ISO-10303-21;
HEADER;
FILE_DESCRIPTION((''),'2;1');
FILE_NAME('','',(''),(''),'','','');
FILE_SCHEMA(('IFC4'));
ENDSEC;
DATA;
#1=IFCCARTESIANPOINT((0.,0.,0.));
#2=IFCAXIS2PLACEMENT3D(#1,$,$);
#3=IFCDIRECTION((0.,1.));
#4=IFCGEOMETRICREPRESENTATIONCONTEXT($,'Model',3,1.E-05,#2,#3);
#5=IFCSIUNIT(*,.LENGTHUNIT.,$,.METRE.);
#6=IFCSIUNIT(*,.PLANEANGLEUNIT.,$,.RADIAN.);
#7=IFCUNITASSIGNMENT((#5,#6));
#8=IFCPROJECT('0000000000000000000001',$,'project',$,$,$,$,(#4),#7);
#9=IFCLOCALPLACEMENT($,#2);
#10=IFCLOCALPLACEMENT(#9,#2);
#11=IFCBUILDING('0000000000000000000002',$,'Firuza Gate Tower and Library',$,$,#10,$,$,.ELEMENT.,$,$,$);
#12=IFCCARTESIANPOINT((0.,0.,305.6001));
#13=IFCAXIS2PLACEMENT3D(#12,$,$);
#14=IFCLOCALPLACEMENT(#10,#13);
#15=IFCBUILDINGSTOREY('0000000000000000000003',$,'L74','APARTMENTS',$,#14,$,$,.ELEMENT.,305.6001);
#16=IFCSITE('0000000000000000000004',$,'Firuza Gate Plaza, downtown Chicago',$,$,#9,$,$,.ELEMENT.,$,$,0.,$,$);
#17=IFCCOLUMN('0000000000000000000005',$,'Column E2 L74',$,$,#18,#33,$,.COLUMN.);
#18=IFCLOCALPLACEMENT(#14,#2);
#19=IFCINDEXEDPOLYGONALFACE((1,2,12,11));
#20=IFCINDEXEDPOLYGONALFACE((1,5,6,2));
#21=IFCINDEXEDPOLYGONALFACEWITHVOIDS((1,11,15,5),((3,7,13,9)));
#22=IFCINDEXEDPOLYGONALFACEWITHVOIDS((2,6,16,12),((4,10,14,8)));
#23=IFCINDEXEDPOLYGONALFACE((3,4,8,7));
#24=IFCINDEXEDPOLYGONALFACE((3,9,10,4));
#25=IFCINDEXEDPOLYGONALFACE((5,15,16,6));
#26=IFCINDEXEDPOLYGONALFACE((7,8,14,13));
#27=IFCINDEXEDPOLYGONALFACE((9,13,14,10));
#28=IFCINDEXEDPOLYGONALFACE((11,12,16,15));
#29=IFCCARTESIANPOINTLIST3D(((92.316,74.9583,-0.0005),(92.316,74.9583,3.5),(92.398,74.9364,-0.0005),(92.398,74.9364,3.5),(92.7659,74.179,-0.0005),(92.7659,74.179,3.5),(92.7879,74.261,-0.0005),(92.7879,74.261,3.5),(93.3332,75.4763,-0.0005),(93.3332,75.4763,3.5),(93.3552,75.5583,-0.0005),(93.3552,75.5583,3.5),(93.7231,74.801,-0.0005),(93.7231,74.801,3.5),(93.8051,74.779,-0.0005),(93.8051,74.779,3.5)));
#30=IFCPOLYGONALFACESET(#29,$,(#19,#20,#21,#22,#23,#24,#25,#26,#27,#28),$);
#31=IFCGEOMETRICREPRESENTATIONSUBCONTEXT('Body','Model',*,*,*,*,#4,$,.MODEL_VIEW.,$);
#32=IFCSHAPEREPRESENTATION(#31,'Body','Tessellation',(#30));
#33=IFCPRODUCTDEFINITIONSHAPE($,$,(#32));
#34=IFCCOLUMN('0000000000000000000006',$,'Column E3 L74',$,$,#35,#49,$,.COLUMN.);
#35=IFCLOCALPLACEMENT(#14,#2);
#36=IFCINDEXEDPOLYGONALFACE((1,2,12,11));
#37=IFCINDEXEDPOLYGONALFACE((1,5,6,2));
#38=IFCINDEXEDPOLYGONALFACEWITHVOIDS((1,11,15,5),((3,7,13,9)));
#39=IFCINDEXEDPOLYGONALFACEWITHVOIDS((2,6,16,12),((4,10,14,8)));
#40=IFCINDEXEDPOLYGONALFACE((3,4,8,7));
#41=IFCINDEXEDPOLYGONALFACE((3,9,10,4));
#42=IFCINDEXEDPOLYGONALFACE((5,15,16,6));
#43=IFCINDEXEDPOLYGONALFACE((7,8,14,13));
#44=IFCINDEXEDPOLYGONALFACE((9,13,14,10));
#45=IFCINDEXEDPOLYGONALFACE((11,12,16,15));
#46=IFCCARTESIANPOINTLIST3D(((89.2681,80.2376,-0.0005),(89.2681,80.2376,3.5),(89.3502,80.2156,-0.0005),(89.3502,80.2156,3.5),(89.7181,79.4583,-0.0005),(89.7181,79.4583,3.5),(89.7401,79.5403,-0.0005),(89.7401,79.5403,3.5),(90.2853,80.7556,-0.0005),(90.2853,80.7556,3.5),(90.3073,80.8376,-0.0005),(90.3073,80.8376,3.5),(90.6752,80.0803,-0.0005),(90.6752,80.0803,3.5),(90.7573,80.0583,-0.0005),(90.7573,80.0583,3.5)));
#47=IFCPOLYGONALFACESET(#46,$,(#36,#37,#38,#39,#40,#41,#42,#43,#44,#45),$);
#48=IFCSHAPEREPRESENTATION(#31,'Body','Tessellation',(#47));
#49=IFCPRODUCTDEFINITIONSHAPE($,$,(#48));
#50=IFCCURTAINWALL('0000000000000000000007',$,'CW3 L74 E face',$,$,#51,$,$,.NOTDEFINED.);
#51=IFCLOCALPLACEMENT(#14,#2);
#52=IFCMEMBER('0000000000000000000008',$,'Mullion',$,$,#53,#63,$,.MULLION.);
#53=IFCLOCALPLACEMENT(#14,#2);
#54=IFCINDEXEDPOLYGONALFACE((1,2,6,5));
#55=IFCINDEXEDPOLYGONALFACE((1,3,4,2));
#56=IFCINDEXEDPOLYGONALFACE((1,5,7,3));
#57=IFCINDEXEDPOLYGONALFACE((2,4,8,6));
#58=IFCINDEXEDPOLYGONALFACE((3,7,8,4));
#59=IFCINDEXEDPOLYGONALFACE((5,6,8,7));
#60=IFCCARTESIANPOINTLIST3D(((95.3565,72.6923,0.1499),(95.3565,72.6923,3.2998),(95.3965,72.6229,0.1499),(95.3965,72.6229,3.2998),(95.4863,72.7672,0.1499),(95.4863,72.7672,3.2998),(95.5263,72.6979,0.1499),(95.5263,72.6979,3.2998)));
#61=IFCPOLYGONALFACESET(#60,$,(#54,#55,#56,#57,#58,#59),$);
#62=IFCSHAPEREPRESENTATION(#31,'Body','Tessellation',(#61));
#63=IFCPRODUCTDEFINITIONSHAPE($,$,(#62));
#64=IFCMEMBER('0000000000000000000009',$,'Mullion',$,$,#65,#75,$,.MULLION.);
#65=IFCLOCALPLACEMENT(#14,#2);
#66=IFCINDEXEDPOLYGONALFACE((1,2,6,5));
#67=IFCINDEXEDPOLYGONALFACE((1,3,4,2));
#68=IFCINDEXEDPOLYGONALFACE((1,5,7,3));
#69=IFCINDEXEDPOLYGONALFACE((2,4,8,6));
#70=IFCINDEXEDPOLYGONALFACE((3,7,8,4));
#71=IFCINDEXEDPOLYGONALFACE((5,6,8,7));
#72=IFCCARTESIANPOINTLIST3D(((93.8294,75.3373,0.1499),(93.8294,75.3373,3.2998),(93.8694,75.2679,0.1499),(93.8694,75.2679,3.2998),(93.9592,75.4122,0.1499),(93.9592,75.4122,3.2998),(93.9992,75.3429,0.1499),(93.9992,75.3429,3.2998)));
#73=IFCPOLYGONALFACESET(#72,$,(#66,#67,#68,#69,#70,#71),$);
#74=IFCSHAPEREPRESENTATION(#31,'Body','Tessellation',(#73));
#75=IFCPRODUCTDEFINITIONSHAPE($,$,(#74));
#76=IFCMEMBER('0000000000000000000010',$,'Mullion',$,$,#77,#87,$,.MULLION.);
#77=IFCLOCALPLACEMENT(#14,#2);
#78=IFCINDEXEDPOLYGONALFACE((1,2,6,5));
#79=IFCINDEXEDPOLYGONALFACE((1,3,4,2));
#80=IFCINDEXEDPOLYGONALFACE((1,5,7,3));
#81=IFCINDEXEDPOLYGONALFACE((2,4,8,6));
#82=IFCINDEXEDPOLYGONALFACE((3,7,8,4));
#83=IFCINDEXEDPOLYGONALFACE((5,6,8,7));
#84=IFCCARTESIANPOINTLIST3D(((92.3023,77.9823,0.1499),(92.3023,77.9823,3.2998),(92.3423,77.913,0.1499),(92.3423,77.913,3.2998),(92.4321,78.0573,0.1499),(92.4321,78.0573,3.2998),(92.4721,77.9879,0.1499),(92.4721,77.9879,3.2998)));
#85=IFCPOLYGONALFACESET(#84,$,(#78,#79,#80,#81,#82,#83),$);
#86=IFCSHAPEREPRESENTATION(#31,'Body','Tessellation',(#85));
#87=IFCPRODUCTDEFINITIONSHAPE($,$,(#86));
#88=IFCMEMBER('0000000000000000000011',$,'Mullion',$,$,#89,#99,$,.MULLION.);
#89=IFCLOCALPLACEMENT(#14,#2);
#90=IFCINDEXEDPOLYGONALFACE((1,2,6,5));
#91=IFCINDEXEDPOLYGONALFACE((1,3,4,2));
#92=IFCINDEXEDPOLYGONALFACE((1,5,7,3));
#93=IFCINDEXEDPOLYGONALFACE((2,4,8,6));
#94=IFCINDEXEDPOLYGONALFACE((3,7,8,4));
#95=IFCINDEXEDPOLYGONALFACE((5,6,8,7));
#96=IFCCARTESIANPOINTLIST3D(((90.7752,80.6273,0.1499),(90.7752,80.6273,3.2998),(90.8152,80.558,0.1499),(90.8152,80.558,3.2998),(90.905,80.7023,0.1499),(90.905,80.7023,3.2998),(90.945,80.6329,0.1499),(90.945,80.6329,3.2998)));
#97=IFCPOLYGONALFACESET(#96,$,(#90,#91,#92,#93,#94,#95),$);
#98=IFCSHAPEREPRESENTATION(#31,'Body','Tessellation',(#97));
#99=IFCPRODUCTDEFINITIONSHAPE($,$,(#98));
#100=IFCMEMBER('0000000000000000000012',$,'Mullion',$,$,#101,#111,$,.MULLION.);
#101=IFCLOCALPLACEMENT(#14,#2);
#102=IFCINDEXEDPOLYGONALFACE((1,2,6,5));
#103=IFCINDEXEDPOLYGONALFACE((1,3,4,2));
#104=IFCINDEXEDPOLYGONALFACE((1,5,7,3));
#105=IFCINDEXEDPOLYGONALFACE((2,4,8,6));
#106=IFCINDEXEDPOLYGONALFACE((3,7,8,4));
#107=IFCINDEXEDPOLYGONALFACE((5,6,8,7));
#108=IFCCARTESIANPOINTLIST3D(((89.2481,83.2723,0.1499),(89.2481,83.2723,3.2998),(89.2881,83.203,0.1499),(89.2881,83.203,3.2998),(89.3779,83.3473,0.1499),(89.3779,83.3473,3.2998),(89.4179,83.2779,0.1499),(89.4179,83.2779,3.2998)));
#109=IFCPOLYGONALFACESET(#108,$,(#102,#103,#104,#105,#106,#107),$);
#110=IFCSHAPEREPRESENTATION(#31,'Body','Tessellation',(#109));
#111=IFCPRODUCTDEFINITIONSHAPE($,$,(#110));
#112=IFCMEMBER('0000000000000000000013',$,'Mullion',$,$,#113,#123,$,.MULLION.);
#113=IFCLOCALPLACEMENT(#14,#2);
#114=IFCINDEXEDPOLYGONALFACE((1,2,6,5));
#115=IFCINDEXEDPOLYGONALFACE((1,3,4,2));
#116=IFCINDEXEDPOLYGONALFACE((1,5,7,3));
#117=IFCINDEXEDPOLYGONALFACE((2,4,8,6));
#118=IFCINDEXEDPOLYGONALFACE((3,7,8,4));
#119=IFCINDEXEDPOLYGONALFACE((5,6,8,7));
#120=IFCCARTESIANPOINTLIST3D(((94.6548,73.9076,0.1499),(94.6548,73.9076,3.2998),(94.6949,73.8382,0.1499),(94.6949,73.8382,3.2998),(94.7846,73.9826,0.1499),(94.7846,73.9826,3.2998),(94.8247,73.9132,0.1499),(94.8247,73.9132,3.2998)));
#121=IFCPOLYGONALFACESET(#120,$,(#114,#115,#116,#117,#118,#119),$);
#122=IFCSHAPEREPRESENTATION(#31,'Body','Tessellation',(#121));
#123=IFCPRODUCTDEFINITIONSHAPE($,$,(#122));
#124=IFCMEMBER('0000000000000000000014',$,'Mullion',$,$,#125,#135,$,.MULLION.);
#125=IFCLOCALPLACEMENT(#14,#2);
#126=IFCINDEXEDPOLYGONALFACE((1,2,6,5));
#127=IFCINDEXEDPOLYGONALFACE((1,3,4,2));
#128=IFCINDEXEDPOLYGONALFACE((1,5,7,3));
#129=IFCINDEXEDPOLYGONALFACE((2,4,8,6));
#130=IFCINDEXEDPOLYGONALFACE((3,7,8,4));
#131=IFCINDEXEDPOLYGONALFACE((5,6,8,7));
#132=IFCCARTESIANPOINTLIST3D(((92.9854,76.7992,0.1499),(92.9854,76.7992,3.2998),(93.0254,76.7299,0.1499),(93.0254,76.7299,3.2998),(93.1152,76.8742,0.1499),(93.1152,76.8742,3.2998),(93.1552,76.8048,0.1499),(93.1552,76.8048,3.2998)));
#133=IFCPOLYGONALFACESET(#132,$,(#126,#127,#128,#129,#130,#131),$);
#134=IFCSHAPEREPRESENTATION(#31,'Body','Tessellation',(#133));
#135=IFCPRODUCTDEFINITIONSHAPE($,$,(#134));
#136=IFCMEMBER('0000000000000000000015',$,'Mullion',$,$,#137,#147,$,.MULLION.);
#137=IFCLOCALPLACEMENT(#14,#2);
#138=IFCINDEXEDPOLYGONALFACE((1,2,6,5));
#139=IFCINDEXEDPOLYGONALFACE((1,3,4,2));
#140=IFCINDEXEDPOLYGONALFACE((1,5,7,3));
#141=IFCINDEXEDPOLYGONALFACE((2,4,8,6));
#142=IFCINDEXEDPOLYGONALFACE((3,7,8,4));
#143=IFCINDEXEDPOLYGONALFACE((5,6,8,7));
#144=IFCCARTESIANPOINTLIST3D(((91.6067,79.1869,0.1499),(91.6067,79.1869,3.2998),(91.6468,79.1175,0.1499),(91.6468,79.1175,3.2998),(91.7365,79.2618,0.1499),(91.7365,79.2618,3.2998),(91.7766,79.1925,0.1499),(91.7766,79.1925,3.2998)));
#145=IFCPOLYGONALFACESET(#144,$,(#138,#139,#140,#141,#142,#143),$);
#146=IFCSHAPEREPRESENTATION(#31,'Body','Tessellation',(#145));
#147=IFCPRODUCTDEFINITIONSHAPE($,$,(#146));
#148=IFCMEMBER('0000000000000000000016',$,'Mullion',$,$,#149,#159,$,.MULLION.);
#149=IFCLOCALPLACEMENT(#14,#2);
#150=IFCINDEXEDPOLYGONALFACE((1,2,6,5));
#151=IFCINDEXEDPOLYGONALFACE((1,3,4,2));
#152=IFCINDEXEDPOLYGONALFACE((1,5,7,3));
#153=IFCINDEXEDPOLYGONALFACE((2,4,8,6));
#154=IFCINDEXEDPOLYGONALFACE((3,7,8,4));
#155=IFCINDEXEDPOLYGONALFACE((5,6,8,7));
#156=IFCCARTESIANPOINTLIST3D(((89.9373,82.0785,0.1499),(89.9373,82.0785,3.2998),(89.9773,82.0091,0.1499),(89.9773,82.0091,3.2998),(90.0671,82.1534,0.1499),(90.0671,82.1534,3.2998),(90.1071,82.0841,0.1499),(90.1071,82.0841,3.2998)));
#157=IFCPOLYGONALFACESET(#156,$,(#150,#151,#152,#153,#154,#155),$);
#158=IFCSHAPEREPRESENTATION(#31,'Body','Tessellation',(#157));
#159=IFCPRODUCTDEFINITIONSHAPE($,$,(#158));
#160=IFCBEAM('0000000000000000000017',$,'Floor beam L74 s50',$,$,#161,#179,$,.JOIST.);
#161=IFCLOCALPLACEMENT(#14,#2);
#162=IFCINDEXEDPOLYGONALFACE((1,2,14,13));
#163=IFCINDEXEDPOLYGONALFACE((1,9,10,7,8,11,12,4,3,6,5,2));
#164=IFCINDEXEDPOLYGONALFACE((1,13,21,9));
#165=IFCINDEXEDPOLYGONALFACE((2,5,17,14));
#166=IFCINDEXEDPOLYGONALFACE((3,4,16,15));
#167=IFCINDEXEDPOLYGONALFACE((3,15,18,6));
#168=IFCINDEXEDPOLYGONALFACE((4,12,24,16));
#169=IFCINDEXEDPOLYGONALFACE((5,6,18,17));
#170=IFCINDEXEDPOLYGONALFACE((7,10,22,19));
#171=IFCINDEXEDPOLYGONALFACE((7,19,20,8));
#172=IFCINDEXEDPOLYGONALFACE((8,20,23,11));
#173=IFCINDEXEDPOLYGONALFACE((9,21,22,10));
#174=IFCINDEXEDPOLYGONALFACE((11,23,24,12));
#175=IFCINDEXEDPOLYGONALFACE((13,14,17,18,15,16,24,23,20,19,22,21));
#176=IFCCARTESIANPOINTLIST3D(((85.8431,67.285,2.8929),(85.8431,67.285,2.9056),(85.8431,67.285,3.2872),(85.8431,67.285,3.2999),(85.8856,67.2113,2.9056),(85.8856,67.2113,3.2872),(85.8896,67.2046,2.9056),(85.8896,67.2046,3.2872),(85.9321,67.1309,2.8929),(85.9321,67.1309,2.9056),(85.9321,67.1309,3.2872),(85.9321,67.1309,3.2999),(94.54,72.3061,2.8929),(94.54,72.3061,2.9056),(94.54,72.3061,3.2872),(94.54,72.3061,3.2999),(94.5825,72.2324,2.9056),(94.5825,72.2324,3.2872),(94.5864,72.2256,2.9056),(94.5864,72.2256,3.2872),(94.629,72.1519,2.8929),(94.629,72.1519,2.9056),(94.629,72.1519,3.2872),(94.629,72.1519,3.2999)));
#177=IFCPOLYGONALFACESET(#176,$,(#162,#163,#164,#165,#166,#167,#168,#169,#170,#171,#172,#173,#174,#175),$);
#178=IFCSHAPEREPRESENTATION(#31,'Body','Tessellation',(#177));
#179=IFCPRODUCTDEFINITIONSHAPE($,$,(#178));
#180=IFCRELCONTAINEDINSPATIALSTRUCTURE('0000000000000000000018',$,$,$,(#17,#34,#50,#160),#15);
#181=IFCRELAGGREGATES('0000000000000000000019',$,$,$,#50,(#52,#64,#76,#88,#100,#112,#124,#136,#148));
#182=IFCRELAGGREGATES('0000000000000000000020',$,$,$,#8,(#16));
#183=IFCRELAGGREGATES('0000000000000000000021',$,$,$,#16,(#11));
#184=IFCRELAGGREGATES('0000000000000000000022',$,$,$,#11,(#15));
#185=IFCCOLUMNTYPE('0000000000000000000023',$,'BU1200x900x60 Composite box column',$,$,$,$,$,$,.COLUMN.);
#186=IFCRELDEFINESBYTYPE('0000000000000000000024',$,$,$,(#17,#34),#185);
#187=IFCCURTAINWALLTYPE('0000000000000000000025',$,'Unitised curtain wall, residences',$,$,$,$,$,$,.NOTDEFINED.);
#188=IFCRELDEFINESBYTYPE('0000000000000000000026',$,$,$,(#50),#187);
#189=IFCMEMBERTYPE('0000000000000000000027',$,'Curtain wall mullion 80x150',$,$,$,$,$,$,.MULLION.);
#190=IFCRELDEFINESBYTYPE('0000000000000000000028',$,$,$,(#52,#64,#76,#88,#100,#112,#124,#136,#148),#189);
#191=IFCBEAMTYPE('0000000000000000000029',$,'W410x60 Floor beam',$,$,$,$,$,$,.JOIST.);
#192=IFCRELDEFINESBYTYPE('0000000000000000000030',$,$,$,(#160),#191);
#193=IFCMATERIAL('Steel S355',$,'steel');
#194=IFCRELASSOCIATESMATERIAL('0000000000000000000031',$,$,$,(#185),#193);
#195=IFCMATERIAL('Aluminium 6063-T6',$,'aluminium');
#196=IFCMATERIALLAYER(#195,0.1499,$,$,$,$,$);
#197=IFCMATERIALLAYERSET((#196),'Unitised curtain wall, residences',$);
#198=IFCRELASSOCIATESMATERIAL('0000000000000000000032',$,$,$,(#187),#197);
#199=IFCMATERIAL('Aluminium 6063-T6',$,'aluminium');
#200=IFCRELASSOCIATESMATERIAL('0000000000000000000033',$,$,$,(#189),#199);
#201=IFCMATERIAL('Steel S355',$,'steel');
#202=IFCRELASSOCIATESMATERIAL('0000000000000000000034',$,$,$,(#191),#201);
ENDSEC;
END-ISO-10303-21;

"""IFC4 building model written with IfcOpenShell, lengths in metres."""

from ifc_helpers import new_model, si_unit, direction, frame, origin, origin_2d, place, context, subcontext, project, spatial, rectangle, hollow_rectangle, i_section, extrude, material, layer, layer_set, material_profile, profile_set, type_object, element, aggregate, save


model = new_model("IFC4")

# Units and contexts
model_context = context("Model", 3, precision=1e-05, world=origin(), true_north=direction((0.0, 1.0)))
body_context = subcontext(model_context, "Body", "Model", "MODEL_VIEW")
ifc_project = project(units=[si_unit("LENGTHUNIT", "METRE"), si_unit("PLANEANGLEUNIT", "RADIAN")], contexts=[model_context])

# Site, building, storey
site_placement = place(None, origin())
site = spatial("IfcSite", under=ifc_project, at=site_placement, Name="Firuza Gate Plaza, downtown Chicago", CompositionType="ELEMENT", RefElevation=0.0)
building_placement = place(site_placement, origin())
building = spatial("IfcBuilding", under=site, at=building_placement, Name="Firuza Gate Tower and Library", CompositionType="ELEMENT")
storey_placement = place(building_placement, frame((0.0, 0.0, 305.6001)))
storey = spatial("IfcBuildingStorey", under=building, at=storey_placement, Name="L74", Description="APARTMENTS", CompositionType="ELEMENT", Elevation=305.6001)

# Columns
ifc_material_1 = material(Name="Steel S355", Category="steel")
ifc_material_profile_1 = material_profile(ifc_material_1, hollow_rectangle(XDim=0.8999, YDim=1.2, WallThickness=0.0601, at=origin_2d()))
ifc_profile_set_1 = profile_set([ifc_material_profile_1], Name="Steel S355")
column_type = type_object("IfcColumnType", Name="BU1200x900x60 Composite box column", PredefinedType="COLUMN", material=ifc_profile_set_1)
for number, where, z_axis, x_axis, name in (
    (1, (93.0605, 74.8687, -0.0005), (0.0, 0.0, 1.0), (-0.5, 0.866025, 0.0), "Column E2 L74"),
    (2, (90.0127, 80.1479, -0.0005), (0.0, 0.0, 1.0), (-0.5, 0.866025, 0.0), "Column E3 L74"),
):
    element("IfcColumn", number, at=place(storey_placement, frame(where, z_axis=z_axis, x_axis=x_axis)), inside=storey, type_object=column_type, Name=name, PredefinedType="COLUMN", context=body_context, shape_type="SweptSolid", body=[
        extrude(hollow_rectangle(XDim=0.8999, YDim=1.2, WallThickness=0.0601, at=origin_2d()), origin(), (0.0, 0.0, 1.0), 3.5005),
    ])

# Curtain wall, members
ifc_material_2 = material(Name="Aluminium 6063-T6", Category="aluminium")
ifc_layer_1 = layer(ifc_material_2, 0.1499)
ifc_layer_set_1 = layer_set([ifc_layer_1], Name="Unitised curtain wall, residences")
curtain_wall_type = type_object("IfcCurtainWallType", Name="Unitised curtain wall, residences", PredefinedType="NOTDEFINED", material=ifc_layer_set_1)
curtain_wall_placement = place(storey_placement, origin())
curtain_wall = element("IfcCurtainWall", 3, at=curtain_wall_placement, inside=storey, type_object=curtain_wall_type, Name="CW3 L74 E face", PredefinedType="NOTDEFINED")
ifc_material_3 = material(Name="Aluminium 6063-T6", Category="aluminium")
ifc_material_profile_2 = material_profile(ifc_material_3, rectangle(XDim=0.1499, YDim=0.0801, at=origin_2d()))
ifc_profile_set_2 = profile_set([ifc_material_profile_2], Name="Aluminium 6063-T6")
member_type = type_object("IfcMemberType", Name="Curtain wall mullion 80x150", PredefinedType="MULLION", material=ifc_profile_set_2)
member_1_placement = place(storey_placement, frame((95.4414, 72.6951, 0.1499), z_axis=(0.0, 0.0, 1.0), x_axis=(-0.866025, -0.5, 0.0)))
member_1 = element("IfcMember", 4, at=member_1_placement, type_object=member_type, Name="Mullion", PredefinedType="MULLION", context=body_context, shape_type="SweptSolid", body=[
    extrude(rectangle(XDim=0.1499, YDim=0.0801, at=origin_2d()), origin(), (0.0, 0.0, 1.0), 3.1499),
])
member_2_placement = place(storey_placement, frame((93.9143, 75.3401, 0.1499), z_axis=(0.0, 0.0, 1.0), x_axis=(-0.866025, -0.5, 0.0)))
member_2 = element("IfcMember", 5, at=member_2_placement, type_object=member_type, Name="Mullion", PredefinedType="MULLION", context=body_context, shape_type="SweptSolid", body=[
    extrude(rectangle(XDim=0.1499, YDim=0.0801, at=origin_2d()), origin(), (0.0, 0.0, 1.0), 3.1499),
])
member_3_placement = place(storey_placement, frame((92.3872, 77.9851, 0.1499), z_axis=(0.0, 0.0, 1.0), x_axis=(-0.866025, -0.5, 0.0)))
member_3 = element("IfcMember", 6, at=member_3_placement, type_object=member_type, Name="Mullion", PredefinedType="MULLION", context=body_context, shape_type="SweptSolid", body=[
    extrude(rectangle(XDim=0.1499, YDim=0.0801, at=origin_2d()), origin(), (0.0, 0.0, 1.0), 3.1499),
])
member_4_placement = place(storey_placement, frame((90.8601, 80.6301, 0.1499), z_axis=(0.0, 0.0, 1.0), x_axis=(-0.866025, -0.5, 0.0)))
member_4 = element("IfcMember", 7, at=member_4_placement, type_object=member_type, Name="Mullion", PredefinedType="MULLION", context=body_context, shape_type="SweptSolid", body=[
    extrude(rectangle(XDim=0.1499, YDim=0.0801, at=origin_2d()), origin(), (0.0, 0.0, 1.0), 3.1499),
])
member_5_placement = place(storey_placement, frame((89.333, 83.2751, 0.1499), z_axis=(0.0, 0.0, 1.0), x_axis=(-0.866025, -0.5, 0.0)))
member_5 = element("IfcMember", 8, at=member_5_placement, type_object=member_type, Name="Mullion", PredefinedType="MULLION", context=body_context, shape_type="SweptSolid", body=[
    extrude(rectangle(XDim=0.1499, YDim=0.0801, at=origin_2d()), origin(), (0.0, 0.0, 1.0), 3.1499),
])
member_6_placement = place(storey_placement, frame((94.7397, 73.9104, 0.1499), z_axis=(0.0, 0.0, 1.0), x_axis=(-0.866025, -0.5, 0.0)))
member_6 = element("IfcMember", 9, at=member_6_placement, type_object=member_type, Name="Mullion", PredefinedType="MULLION", context=body_context, shape_type="SweptSolid", body=[
    extrude(rectangle(XDim=0.1499, YDim=0.0801, at=origin_2d()), origin(), (0.0, 0.0, 1.0), 3.1499),
])
member_7_placement = place(storey_placement, frame((93.0703, 76.802, 0.1499), z_axis=(0.0, 0.0, 1.0), x_axis=(-0.866025, -0.5, 0.0)))
member_7 = element("IfcMember", 10, at=member_7_placement, type_object=member_type, Name="Mullion", PredefinedType="MULLION", context=body_context, shape_type="SweptSolid", body=[
    extrude(rectangle(XDim=0.1499, YDim=0.0801, at=origin_2d()), origin(), (0.0, 0.0, 1.0), 3.1499),
])
member_8_placement = place(storey_placement, frame((91.6917, 79.1897, 0.1499), z_axis=(0.0, 0.0, 1.0), x_axis=(-0.866025, -0.5, 0.0)))
member_8 = element("IfcMember", 11, at=member_8_placement, type_object=member_type, Name="Mullion", PredefinedType="MULLION", context=body_context, shape_type="SweptSolid", body=[
    extrude(rectangle(XDim=0.1499, YDim=0.0801, at=origin_2d()), origin(), (0.0, 0.0, 1.0), 3.1499),
])
member_9_placement = place(storey_placement, frame((90.0222, 82.0813, 0.1499), z_axis=(0.0, 0.0, 1.0), x_axis=(-0.866025, -0.5, 0.0)))
member_9 = element("IfcMember", 12, at=member_9_placement, type_object=member_type, Name="Mullion", PredefinedType="MULLION", context=body_context, shape_type="SweptSolid", body=[
    extrude(rectangle(XDim=0.1499, YDim=0.0801, at=origin_2d()), origin(), (0.0, 0.0, 1.0), 3.1499),
])

# Beam
ifc_material_4 = material(Name="Steel S355", Category="steel")
ifc_material_profile_3 = material_profile(ifc_material_4, i_section(OverallWidth=0.178, OverallDepth=0.407, WebThickness=0.0078, FlangeThickness=0.0127, at=origin_2d()))
ifc_profile_set_3 = profile_set([ifc_material_profile_3], Name="Steel S355")
beam_type_1 = type_object("IfcBeamType", Name="W410x60 Floor beam", PredefinedType="JOIST", material=ifc_profile_set_3)
beam_1_placement = place(storey_placement, frame((94.5845, 72.229, 3.0964), z_axis=(-0.866029, -0.499993, 0.0), x_axis=(0.499993, -0.866029, 0.0)))
element("IfcBeam", 13, at=beam_1_placement, inside=storey, type_object=beam_type_1, Name="Floor beam L74 s50", PredefinedType="JOIST", context=body_context, shape_type="SweptSolid", body=[
    extrude(i_section(OverallWidth=0.178, OverallDepth=0.407, WebThickness=0.0078, FlangeThickness=0.0127, at=origin_2d()), origin(), (0.0, 0.0, 1.0), 10.0422),
])

aggregate(curtain_wall, [member_1, member_2, member_3, member_4, member_5, member_6, member_7, member_8, member_9])

save(model, "model.ifc")
